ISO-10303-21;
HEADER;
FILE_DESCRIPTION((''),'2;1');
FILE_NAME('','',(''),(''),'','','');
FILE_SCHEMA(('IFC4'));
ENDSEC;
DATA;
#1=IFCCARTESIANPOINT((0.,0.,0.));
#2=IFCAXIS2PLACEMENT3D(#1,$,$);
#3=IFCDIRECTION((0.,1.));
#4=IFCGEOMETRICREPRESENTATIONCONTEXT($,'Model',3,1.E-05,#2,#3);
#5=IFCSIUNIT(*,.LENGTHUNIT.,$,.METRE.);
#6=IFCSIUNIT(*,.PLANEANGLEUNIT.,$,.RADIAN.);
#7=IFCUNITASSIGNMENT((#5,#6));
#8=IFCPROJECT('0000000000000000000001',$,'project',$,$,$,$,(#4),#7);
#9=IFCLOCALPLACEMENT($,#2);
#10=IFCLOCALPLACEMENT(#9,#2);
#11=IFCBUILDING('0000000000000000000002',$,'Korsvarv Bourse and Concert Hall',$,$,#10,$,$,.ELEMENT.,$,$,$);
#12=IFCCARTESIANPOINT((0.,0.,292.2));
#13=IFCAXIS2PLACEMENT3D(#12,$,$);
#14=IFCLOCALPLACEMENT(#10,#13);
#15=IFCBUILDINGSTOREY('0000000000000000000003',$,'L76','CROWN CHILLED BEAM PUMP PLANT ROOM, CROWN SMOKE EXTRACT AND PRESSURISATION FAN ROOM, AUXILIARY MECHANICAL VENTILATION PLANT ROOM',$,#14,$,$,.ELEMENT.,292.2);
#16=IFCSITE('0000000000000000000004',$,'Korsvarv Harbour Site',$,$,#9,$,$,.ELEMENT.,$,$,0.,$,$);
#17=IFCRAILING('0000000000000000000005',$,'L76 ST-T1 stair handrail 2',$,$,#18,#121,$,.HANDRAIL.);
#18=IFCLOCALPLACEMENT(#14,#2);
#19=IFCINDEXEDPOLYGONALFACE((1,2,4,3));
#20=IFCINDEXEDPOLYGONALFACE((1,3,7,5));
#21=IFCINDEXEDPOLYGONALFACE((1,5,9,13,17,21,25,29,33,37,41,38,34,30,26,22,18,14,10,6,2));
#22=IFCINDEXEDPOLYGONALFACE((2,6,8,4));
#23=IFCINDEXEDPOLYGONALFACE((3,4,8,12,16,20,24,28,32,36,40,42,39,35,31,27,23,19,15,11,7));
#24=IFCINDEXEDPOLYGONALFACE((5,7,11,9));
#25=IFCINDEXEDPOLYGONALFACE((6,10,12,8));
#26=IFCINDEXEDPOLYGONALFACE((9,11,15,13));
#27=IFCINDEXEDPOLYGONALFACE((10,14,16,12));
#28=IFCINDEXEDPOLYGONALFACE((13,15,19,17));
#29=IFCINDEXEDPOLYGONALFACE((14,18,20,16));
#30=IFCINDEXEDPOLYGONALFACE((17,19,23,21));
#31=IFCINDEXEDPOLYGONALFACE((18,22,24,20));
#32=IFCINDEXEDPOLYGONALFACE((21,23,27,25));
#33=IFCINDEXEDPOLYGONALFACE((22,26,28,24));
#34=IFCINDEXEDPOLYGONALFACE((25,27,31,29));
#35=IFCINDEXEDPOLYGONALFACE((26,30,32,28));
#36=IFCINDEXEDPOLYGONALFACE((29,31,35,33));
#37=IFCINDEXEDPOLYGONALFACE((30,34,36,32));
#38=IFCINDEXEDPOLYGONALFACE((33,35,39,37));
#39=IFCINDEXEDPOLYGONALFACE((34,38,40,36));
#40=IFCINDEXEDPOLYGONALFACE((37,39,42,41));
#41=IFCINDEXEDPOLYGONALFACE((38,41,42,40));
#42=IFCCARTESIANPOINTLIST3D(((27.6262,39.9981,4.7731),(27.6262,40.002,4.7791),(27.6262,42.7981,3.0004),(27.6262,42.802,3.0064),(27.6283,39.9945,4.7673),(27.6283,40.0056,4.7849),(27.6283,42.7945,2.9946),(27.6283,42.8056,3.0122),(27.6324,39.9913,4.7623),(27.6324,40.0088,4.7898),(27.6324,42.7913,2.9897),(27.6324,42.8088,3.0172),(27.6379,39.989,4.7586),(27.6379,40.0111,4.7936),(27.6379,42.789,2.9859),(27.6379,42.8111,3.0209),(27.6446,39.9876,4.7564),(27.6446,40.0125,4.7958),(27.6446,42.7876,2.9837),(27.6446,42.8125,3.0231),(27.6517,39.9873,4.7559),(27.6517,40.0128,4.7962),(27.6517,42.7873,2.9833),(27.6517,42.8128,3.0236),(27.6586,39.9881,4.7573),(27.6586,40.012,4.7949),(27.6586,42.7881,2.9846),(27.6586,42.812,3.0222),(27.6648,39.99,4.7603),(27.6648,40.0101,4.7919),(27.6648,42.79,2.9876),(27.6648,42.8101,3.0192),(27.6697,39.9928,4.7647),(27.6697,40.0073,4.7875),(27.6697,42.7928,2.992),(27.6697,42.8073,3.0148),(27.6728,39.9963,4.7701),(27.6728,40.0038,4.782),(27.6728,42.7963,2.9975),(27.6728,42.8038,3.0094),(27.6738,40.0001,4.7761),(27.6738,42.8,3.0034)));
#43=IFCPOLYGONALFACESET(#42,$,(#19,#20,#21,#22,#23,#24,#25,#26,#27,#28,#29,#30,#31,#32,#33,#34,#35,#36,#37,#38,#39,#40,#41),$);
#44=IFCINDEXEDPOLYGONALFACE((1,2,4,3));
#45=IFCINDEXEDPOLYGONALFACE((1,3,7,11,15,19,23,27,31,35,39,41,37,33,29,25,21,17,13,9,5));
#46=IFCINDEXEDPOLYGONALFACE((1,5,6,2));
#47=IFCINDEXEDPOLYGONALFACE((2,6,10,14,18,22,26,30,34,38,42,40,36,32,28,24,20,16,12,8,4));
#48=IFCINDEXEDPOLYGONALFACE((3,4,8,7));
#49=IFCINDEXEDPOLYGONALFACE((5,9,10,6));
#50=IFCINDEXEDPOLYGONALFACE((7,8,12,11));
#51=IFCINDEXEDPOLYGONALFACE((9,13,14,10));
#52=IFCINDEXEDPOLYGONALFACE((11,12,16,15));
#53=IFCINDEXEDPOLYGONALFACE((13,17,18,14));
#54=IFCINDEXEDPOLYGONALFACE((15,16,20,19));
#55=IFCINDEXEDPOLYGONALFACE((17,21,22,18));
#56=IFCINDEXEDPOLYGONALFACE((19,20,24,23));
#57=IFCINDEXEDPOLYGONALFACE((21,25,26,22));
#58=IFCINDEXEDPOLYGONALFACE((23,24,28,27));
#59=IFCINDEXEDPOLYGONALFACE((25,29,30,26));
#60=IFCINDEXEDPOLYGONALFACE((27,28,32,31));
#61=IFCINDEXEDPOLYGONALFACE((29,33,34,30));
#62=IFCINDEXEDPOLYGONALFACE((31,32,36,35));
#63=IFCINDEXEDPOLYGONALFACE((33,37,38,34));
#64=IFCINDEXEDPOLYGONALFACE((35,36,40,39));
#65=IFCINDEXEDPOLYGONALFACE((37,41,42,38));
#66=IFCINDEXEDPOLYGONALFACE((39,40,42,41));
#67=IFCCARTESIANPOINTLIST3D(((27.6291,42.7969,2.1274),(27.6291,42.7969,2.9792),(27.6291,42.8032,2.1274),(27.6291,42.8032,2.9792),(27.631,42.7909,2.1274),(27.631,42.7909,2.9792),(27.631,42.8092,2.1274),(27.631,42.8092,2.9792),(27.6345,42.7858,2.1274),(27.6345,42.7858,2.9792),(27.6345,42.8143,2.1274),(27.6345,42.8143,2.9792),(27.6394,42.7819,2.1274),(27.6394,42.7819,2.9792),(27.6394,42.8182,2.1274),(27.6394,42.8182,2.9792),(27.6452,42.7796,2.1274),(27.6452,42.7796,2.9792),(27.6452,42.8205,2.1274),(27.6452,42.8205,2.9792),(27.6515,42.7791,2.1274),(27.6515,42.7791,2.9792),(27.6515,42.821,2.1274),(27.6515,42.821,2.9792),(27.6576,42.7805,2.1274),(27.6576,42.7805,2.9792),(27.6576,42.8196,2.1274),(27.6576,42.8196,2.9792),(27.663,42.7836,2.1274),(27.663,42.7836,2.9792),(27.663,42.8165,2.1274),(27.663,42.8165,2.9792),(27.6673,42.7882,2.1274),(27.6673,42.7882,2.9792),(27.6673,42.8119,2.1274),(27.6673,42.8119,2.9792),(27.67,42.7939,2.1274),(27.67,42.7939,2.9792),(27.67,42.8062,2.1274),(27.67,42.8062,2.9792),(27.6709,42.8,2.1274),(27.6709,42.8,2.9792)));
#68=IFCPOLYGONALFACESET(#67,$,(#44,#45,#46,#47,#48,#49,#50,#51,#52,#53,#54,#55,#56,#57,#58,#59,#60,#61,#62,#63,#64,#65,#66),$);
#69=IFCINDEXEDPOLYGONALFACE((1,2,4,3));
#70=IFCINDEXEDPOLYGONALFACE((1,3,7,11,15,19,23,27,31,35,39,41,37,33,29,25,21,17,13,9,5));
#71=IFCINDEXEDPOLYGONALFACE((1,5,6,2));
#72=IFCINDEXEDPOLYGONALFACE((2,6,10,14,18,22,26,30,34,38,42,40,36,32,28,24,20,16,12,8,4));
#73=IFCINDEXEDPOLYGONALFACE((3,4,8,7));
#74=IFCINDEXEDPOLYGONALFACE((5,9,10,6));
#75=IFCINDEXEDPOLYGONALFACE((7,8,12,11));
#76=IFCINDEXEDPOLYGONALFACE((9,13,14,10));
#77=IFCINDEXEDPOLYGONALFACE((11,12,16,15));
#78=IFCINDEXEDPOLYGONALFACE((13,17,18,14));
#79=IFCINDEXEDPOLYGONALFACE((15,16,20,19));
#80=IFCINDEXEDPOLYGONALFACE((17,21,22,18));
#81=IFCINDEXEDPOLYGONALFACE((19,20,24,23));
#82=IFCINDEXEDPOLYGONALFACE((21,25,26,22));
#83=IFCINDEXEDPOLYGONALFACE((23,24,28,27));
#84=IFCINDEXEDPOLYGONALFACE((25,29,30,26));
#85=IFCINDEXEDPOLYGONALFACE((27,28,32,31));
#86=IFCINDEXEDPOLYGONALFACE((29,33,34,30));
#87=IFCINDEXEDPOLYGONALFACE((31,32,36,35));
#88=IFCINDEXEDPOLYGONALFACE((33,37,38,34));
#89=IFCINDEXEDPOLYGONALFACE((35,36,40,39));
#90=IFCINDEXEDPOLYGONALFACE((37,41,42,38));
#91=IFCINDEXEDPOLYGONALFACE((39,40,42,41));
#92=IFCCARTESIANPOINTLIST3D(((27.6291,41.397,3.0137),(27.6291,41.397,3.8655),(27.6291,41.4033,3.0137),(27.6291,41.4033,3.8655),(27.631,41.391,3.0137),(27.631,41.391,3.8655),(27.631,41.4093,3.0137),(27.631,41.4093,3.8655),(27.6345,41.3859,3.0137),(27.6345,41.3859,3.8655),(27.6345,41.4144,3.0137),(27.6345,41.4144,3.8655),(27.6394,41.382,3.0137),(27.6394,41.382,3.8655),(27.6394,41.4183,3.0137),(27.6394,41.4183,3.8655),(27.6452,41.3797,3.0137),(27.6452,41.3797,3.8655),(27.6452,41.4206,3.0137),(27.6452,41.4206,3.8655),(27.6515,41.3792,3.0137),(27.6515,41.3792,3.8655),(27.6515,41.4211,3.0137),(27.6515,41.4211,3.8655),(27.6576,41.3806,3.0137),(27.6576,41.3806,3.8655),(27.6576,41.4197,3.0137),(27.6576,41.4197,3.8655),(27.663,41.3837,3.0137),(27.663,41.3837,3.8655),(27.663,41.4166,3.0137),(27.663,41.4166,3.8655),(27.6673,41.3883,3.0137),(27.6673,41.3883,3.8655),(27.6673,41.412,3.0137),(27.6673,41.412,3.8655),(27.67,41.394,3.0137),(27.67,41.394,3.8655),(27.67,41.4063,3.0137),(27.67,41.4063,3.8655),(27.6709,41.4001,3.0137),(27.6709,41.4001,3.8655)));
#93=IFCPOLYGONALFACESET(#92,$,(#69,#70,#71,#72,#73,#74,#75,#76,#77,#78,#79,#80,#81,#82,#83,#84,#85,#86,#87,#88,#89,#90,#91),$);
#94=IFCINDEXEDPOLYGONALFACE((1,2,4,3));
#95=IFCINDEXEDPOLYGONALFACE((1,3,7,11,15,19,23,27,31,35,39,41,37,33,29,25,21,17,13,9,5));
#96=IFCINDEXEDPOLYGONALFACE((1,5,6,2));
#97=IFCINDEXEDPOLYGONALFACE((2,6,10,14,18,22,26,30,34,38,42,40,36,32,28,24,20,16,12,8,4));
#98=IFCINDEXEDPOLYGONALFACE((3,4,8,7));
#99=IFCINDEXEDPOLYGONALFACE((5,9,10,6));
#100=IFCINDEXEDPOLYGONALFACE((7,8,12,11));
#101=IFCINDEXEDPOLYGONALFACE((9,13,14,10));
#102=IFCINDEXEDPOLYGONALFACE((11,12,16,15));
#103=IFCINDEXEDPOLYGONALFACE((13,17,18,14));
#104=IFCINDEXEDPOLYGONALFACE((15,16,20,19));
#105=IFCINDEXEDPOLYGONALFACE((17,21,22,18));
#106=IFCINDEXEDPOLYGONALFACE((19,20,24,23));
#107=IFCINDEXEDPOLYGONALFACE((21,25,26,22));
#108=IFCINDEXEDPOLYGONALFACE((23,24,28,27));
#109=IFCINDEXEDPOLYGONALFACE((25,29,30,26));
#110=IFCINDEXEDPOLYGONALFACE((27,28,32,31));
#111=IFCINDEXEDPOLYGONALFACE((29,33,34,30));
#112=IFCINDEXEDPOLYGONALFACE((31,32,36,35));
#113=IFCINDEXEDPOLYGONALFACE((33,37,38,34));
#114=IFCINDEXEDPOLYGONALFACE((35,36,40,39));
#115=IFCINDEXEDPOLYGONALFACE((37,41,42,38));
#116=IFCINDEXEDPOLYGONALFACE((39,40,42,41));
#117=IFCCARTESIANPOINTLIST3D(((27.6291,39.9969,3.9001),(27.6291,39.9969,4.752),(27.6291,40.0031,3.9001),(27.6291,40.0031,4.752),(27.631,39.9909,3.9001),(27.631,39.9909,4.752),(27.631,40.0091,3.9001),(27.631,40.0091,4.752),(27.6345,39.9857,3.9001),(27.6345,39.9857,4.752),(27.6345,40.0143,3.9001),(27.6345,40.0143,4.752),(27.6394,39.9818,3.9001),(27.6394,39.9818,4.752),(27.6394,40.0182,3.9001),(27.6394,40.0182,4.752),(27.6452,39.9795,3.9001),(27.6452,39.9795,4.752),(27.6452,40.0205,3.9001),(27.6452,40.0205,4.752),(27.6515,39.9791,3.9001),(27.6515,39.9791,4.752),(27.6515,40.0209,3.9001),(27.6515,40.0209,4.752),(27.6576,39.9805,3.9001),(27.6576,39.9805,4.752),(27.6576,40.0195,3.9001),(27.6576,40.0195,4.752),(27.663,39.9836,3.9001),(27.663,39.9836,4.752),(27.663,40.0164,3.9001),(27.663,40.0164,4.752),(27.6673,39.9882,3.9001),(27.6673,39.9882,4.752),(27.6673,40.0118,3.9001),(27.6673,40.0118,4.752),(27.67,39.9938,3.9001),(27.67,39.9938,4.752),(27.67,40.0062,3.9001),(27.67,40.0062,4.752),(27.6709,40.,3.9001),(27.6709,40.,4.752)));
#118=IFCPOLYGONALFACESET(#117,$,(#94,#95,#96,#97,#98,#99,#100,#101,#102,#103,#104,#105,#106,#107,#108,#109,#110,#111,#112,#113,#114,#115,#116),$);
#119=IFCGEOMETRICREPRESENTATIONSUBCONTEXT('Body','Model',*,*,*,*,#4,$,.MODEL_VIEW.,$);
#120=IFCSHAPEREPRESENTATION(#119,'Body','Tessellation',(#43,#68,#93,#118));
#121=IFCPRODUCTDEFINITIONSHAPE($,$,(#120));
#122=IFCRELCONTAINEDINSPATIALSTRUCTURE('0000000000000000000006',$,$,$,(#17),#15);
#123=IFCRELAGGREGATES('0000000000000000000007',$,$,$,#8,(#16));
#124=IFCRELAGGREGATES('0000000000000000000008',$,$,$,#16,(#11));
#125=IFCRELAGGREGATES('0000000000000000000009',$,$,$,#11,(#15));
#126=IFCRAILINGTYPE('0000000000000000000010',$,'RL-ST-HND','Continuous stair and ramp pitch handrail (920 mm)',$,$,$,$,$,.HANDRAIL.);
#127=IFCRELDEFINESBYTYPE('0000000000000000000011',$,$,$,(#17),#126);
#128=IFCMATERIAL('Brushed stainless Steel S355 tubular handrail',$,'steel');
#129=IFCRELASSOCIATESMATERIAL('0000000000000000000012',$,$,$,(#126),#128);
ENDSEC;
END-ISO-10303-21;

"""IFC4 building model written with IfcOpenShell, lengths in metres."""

from ifc_helpers import new_model, si_unit, direction, frame, origin, origin_2d, place, context, subcontext, project, spatial, circle, extrude, material, type_object, element, save


model = new_model("IFC4")

# Units and contexts
model_context = context("Model", 3, precision=1e-05, world=origin(), true_north=direction((0.0, 1.0)))
body_context = subcontext(model_context, "Body", "Model", "MODEL_VIEW")
ifc_project = project(units=[si_unit("LENGTHUNIT", "METRE"), si_unit("PLANEANGLEUNIT", "RADIAN")], contexts=[model_context])

# Site, building, storey
site_placement = place(None, origin())
site = spatial("IfcSite", under=ifc_project, at=site_placement, Name="Korsvarv Harbour Site", CompositionType="ELEMENT", RefElevation=0.0)
building_placement = place(site_placement, origin())
building = spatial("IfcBuilding", under=site, at=building_placement, Name="Korsvarv Bourse and Concert Hall", CompositionType="ELEMENT")
storey_placement = place(building_placement, frame((0.0, 0.0, 292.2)))
storey = spatial("IfcBuildingStorey", under=building, at=storey_placement, Name="L76", Description="CROWN CHILLED BEAM PUMP PLANT ROOM, CROWN SMOKE EXTRACT AND PRESSURISATION FAN ROOM, AUXILIARY MECHANICAL VENTILATION PLANT ROOM", CompositionType="ELEMENT", Elevation=292.2)

# Railing
ifc_material_1 = material(Name="Brushed stainless Steel S355 tubular handrail", Category="steel")
railing_type = type_object("IfcRailingType", Name="RL-ST-HND", Description="Continuous stair and ramp pitch handrail (920 mm)", PredefinedType="HANDRAIL", material=ifc_material_1)
railing_placement = place(storey_placement, frame((27.6499, 42.8, 2.1274)))
element("IfcRailing", 1, at=railing_placement, inside=storey, type_object=railing_type, Name="L76 ST-T1 stair handrail 2", PredefinedType="HANDRAIL", context=body_context, shape_type="SweptSolid", body=[
    extrude(circle(Radius=0.0239, at=origin_2d()), frame((0.0, 0.0, 0.876), z_axis=(0.0, -0.844909, 0.53491), x_axis=(1.0, 0.0, 0.0)), (0.0, 0.0, 1.0), 3.314),
    extrude(circle(Radius=0.021, at=origin_2d()), origin(), (0.0, 0.0, 1.0), 0.8518),
    extrude(circle(Radius=0.021, at=origin_2d()), frame((0.0, -1.3999, 0.8862)), (0.0, 0.0, 1.0), 0.8518),
    extrude(circle(Radius=0.021, at=origin_2d()), frame((0.0, -2.8, 1.7727)), (0.0, 0.0, 1.0), 0.8518),
])

save(model, "model.ifc")
